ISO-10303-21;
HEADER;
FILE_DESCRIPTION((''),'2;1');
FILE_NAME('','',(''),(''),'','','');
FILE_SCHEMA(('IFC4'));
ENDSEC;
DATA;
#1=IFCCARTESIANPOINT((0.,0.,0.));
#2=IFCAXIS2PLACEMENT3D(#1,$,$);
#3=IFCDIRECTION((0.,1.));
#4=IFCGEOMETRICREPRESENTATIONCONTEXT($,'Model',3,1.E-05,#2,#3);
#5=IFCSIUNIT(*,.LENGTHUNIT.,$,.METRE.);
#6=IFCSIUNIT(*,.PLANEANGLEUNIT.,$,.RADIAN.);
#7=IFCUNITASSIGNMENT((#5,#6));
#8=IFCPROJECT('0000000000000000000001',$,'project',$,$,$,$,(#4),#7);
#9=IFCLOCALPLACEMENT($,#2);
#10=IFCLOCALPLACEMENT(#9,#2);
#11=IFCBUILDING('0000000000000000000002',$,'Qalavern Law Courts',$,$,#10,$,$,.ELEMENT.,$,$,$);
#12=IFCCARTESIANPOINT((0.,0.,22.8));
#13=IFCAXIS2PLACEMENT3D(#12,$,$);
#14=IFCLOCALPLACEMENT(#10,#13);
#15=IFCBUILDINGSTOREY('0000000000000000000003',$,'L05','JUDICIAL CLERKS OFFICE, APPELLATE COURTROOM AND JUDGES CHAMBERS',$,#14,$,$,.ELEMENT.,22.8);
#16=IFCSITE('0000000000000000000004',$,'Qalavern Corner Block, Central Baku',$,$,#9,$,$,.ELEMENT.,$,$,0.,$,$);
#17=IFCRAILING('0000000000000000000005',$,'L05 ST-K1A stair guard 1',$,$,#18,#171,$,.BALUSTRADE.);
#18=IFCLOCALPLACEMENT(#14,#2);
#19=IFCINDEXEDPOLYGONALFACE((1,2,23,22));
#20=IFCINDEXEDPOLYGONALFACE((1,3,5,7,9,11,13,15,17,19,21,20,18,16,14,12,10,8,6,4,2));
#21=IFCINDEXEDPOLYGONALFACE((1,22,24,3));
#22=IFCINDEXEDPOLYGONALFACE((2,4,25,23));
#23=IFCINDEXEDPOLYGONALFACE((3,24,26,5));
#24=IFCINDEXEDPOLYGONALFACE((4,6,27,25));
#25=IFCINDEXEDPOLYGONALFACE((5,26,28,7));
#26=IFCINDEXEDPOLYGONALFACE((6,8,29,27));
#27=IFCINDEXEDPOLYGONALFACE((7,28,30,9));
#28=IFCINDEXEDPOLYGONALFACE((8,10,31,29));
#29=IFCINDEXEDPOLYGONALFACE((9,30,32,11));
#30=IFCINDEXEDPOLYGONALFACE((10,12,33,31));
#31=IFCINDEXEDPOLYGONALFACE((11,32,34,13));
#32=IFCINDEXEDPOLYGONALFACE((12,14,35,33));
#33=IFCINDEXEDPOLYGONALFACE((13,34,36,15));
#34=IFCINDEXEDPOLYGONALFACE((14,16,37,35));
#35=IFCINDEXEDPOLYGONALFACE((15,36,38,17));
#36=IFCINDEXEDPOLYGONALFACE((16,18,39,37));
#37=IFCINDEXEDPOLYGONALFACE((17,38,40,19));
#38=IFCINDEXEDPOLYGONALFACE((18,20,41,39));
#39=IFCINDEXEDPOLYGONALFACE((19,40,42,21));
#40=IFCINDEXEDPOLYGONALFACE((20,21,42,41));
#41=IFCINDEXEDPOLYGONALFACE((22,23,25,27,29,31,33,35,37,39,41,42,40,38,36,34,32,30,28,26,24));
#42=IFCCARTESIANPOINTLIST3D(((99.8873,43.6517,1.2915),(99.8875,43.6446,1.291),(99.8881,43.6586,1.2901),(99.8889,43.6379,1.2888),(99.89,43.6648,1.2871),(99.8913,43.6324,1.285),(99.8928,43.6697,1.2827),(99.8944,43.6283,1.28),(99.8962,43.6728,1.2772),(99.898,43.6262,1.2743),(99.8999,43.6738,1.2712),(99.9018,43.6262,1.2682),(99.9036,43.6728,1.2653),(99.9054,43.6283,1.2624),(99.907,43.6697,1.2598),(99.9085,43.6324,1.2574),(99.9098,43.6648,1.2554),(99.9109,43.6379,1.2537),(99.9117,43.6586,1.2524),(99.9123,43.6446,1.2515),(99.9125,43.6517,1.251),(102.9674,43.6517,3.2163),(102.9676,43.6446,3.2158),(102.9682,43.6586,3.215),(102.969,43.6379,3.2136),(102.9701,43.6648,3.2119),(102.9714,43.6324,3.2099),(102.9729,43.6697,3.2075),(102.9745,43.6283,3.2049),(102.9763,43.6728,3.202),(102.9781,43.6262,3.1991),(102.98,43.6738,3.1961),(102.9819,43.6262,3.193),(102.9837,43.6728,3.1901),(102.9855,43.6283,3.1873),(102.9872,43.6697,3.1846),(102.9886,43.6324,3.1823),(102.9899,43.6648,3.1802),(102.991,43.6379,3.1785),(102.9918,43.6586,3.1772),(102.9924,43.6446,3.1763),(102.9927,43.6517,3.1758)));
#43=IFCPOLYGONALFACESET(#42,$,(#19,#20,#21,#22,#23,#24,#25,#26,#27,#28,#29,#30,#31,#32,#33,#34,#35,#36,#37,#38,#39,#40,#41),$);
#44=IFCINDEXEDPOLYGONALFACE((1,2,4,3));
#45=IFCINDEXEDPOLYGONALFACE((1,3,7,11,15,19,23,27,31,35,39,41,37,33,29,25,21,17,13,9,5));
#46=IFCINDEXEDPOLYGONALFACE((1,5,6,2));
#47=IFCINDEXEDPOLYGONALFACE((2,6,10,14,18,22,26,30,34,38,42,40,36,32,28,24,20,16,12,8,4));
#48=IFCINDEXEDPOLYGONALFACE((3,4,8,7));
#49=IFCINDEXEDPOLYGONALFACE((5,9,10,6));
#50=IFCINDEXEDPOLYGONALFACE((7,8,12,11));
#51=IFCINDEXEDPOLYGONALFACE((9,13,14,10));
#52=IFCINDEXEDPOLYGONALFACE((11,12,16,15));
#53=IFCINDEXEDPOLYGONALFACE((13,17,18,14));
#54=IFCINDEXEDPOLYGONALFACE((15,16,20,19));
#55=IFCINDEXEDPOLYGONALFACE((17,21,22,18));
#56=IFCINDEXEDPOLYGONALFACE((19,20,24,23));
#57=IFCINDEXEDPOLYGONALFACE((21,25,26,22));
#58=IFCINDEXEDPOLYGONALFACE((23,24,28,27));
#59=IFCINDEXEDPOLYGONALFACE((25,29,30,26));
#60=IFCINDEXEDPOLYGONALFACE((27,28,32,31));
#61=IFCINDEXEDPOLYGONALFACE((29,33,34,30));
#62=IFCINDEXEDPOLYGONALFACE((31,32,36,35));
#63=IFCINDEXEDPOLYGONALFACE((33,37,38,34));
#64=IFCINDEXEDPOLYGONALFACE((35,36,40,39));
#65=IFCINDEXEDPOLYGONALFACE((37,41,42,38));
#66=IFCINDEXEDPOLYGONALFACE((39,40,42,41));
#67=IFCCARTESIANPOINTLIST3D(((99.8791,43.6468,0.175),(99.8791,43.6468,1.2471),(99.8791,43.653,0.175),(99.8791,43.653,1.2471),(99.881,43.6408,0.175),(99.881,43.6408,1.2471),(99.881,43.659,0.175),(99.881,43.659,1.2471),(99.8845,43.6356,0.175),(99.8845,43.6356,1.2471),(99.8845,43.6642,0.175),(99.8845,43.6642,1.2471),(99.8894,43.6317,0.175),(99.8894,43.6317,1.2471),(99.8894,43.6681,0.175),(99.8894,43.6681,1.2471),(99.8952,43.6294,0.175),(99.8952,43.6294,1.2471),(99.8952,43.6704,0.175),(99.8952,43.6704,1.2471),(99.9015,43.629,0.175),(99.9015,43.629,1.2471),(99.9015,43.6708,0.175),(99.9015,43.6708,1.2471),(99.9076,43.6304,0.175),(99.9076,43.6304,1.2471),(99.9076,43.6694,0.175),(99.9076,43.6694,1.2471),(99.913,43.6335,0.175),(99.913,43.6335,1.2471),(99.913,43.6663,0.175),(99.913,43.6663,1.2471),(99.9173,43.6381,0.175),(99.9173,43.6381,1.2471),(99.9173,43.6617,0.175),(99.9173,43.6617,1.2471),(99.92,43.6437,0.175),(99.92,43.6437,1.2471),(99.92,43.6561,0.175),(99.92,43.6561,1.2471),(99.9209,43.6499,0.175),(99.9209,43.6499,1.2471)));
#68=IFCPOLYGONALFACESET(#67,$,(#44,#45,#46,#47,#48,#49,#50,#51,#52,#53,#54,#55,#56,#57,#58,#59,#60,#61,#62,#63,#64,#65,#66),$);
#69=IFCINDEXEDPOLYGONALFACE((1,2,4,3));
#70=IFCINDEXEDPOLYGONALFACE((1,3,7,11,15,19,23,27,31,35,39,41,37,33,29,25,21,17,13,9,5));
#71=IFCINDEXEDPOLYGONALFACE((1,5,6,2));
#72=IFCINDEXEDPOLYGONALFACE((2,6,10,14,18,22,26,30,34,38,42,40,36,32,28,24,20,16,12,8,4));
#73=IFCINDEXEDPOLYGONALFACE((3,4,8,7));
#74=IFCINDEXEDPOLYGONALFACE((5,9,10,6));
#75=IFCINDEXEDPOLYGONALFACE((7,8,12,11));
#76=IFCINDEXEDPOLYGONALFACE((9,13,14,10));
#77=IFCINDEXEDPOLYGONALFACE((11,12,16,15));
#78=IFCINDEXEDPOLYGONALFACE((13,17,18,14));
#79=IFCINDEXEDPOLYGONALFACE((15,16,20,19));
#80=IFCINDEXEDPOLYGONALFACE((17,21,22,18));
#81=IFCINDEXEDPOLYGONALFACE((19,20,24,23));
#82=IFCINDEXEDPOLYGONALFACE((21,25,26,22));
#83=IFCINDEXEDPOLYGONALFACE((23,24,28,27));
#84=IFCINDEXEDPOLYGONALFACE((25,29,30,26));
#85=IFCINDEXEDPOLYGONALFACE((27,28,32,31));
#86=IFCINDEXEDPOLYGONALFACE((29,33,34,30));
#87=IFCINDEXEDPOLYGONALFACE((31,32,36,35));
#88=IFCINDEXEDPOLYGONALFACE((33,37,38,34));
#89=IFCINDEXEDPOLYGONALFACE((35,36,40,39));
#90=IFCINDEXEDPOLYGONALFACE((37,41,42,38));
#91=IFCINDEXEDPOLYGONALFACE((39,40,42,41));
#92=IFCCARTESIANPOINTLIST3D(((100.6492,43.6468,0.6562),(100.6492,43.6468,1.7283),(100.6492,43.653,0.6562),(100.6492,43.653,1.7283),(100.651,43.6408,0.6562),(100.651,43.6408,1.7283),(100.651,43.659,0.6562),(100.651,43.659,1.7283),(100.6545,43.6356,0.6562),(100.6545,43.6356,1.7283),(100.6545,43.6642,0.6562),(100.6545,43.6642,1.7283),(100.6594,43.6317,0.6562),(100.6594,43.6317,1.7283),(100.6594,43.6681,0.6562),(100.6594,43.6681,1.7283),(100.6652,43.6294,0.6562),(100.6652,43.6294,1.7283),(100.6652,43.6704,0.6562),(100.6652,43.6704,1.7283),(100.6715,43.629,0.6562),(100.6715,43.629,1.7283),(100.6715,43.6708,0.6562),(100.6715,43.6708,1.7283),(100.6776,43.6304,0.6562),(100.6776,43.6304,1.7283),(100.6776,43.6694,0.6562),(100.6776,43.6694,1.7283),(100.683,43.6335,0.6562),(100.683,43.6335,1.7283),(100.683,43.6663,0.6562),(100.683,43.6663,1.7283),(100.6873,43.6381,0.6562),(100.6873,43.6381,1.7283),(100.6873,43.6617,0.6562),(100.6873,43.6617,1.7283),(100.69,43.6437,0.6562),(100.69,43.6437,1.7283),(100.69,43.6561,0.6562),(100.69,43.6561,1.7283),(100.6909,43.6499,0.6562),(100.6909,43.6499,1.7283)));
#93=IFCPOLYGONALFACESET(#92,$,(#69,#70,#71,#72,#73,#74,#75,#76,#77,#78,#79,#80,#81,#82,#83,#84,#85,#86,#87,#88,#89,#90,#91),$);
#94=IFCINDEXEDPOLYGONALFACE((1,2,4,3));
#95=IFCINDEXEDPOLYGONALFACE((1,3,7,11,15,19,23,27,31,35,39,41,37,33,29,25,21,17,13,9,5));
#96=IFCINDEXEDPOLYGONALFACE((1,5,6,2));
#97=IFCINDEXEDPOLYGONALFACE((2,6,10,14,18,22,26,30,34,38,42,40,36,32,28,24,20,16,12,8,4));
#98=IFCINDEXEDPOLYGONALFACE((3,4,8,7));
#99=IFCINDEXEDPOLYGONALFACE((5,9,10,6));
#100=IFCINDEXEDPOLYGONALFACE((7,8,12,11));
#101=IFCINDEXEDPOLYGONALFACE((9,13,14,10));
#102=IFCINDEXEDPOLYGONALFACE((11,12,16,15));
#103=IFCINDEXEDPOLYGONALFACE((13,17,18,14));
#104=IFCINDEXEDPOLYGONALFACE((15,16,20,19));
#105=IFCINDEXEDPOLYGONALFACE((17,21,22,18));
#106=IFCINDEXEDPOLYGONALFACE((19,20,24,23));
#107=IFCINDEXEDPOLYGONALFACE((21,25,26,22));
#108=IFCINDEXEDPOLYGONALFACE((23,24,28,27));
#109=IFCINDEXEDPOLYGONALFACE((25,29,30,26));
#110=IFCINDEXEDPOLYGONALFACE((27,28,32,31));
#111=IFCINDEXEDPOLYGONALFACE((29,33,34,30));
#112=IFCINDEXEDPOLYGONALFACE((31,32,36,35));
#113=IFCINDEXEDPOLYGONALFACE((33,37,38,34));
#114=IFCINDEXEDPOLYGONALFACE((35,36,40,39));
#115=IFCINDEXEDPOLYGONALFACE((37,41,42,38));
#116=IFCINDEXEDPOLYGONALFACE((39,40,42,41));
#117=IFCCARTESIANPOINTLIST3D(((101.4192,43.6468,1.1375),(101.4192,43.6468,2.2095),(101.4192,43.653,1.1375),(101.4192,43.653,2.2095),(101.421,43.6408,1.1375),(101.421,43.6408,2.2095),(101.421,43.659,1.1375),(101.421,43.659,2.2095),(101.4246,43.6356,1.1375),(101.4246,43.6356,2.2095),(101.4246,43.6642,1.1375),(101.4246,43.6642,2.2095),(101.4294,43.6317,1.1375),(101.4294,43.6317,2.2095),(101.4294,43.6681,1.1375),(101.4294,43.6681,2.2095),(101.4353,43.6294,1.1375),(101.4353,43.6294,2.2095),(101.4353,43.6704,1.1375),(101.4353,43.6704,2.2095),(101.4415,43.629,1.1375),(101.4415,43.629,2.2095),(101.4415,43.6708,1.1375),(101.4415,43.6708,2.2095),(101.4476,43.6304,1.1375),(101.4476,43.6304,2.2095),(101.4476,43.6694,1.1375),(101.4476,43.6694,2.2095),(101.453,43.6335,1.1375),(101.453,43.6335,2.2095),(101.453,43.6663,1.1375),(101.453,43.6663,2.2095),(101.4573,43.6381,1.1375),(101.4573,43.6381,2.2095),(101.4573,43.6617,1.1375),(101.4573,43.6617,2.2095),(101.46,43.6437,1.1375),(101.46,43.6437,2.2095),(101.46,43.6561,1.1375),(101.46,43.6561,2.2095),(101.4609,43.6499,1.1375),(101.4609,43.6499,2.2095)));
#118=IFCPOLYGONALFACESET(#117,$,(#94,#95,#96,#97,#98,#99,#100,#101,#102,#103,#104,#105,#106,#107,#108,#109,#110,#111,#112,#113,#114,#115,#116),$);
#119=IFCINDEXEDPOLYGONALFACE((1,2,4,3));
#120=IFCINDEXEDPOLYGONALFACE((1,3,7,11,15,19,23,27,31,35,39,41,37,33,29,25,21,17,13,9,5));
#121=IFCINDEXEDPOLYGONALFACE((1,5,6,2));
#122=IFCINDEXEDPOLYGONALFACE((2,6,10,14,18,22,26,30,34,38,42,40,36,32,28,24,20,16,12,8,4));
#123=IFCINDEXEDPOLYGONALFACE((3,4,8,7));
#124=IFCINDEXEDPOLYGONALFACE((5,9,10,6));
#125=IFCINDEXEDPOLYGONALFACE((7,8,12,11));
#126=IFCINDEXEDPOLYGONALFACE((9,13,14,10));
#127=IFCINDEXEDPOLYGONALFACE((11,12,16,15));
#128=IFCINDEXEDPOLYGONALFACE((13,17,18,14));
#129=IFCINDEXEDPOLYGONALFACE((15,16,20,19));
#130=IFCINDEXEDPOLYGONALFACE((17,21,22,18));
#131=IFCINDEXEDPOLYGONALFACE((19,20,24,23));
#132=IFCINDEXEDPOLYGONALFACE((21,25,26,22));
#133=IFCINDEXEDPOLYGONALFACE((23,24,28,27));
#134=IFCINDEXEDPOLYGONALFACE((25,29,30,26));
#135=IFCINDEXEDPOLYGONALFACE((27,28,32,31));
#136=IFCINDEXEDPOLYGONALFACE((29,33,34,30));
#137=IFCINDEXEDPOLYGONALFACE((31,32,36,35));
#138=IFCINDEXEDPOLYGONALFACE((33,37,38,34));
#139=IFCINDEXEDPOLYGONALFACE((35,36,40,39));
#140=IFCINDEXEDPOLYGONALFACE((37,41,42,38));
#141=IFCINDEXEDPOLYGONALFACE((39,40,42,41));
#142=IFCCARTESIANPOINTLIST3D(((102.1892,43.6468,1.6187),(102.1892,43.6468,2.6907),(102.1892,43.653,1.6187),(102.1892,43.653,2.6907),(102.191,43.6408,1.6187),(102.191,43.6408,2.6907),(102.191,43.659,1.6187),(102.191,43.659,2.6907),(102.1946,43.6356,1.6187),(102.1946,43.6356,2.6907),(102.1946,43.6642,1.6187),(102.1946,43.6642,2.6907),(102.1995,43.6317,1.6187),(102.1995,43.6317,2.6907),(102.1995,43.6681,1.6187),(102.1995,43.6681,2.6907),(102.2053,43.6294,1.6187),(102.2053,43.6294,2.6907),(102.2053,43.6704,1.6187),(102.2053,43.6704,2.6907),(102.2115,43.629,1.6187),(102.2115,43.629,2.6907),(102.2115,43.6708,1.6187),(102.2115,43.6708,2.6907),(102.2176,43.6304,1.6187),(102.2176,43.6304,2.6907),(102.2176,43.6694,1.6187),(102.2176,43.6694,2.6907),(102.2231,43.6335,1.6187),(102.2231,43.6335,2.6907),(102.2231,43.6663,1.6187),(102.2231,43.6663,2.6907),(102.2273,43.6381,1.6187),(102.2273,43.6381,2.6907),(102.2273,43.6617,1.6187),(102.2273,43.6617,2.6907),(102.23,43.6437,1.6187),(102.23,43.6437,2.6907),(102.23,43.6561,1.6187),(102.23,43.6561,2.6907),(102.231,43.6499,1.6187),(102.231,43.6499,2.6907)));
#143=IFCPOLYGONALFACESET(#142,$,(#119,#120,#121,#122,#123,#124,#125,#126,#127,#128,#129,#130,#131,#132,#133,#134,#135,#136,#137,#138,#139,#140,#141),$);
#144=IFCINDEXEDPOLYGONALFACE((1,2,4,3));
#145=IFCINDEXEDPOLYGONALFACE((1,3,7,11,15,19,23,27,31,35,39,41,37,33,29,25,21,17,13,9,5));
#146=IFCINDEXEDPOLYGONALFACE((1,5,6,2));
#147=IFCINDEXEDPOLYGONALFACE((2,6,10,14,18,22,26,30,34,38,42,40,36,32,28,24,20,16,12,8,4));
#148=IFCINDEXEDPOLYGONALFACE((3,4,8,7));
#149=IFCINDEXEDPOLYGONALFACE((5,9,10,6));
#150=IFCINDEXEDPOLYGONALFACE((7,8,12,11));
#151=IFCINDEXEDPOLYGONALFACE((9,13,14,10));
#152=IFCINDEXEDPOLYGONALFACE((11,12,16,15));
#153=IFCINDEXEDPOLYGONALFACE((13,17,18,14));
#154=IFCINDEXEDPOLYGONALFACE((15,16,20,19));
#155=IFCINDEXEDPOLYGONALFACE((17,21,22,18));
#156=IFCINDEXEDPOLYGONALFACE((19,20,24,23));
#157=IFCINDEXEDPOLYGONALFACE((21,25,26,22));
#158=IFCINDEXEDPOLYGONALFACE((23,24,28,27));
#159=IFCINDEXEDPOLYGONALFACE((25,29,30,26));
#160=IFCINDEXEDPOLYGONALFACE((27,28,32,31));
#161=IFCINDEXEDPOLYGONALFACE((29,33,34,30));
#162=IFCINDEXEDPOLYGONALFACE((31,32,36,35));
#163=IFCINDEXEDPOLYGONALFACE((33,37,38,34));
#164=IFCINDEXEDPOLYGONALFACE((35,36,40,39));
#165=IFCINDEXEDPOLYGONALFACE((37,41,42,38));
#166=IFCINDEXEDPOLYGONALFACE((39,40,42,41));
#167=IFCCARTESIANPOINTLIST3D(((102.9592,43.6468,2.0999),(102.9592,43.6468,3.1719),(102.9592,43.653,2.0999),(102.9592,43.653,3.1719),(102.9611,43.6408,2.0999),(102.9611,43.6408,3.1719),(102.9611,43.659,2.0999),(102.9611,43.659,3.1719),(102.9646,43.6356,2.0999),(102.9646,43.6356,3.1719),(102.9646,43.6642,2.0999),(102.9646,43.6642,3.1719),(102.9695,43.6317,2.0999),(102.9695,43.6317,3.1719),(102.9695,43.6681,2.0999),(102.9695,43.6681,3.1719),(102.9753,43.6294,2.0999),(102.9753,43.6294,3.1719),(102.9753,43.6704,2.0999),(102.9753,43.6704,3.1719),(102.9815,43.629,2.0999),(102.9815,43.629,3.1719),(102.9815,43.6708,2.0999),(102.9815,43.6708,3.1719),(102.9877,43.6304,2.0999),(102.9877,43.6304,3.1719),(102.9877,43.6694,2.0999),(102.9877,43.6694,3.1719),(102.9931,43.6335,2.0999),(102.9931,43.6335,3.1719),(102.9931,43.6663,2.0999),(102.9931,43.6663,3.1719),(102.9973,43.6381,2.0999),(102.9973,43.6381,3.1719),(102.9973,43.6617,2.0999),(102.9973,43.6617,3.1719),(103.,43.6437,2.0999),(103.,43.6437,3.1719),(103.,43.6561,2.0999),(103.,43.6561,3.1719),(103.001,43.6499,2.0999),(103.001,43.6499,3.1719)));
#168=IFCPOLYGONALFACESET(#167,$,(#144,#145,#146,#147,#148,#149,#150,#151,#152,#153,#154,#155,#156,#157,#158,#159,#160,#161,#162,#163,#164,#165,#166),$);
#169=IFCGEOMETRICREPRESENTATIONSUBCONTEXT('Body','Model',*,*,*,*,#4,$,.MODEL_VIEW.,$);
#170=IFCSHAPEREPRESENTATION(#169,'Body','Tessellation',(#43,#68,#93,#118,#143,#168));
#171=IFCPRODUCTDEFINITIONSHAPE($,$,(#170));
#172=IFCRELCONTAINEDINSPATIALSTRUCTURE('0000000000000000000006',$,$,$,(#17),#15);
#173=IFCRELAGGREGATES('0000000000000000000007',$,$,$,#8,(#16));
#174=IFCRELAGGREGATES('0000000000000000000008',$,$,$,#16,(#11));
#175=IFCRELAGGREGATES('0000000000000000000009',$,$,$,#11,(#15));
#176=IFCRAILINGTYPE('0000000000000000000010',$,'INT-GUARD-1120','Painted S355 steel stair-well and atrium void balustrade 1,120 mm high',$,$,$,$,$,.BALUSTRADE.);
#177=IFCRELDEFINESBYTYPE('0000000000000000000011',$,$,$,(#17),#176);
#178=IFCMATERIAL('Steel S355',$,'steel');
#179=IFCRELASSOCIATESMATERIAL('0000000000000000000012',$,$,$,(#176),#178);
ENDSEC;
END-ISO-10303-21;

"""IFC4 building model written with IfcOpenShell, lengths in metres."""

from ifc_helpers import new_model, si_unit, direction, frame, origin, origin_2d, place, context, subcontext, project, spatial, circle, extrude, material, type_object, element, save


model = new_model("IFC4")

# Units and contexts
model_context = context("Model", 3, precision=1e-05, world=origin(), true_north=direction((0.0, 1.0)))
body_context = subcontext(model_context, "Body", "Model", "MODEL_VIEW")
ifc_project = project(units=[si_unit("LENGTHUNIT", "METRE"), si_unit("PLANEANGLEUNIT", "RADIAN")], contexts=[model_context])

# Site, building, storey
site_placement = place(None, origin())
site = spatial("IfcSite", under=ifc_project, at=site_placement, Name="Qalavern Corner Block, Central Baku", CompositionType="ELEMENT", RefElevation=0.0)
building_placement = place(site_placement, origin())
building = spatial("IfcBuilding", under=site, at=building_placement, Name="Qalavern Law Courts", CompositionType="ELEMENT")
storey_placement = place(building_placement, frame((0.0, 0.0, 22.8)))
storey = spatial("IfcBuildingStorey", under=building, at=storey_placement, Name="L05", Description="JUDICIAL CLERKS OFFICE, APPELLATE COURTROOM AND JUDGES CHAMBERS", CompositionType="ELEMENT", Elevation=22.8)

# Railing
ifc_material_1 = material(Name="Steel S355", Category="steel")
railing_type_1 = type_object("IfcRailingType", Name="INT-GUARD-1120", Description="Painted S355 steel stair-well and atrium void balustrade 1,120 mm high", PredefinedType="BALUSTRADE", material=ifc_material_1)
railing_1_placement = place(storey_placement, frame((99.8999, 43.6499, 0.175)))
element("IfcRailing", 1, at=railing_1_placement, inside=storey, type_object=railing_type_1, Name="L05 ST-K1A stair guard 1", PredefinedType="BALUSTRADE", context=body_context, shape_type="SweptSolid", body=[
    extrude(circle(Radius=0.0239, at=origin_2d()), frame((0.0, 0.0, 1.0962), z_axis=(0.848029, 0.0, 0.529951), x_axis=(0.0, 1.0, 0.0)), (0.0, 0.0, 1.0), 3.6321),
    extrude(circle(Radius=0.021, at=origin_2d()), origin(), (0.0, 0.0, 1.0), 1.072),
    extrude(circle(Radius=0.021, at=origin_2d()), frame((0.77, 0.0, 0.4812)), (0.0, 0.0, 1.0), 1.072),
    extrude(circle(Radius=0.021, at=origin_2d()), frame((1.54, 0.0, 0.9624)), (0.0, 0.0, 1.0), 1.072),
    extrude(circle(Radius=0.021, at=origin_2d()), frame((2.3101, 0.0, 1.4436)), (0.0, 0.0, 1.0), 1.072),
    extrude(circle(Radius=0.021, at=origin_2d()), frame((3.0801, 0.0, 1.9248)), (0.0, 0.0, 1.0), 1.072),
])

save(model, "model.ifc")
